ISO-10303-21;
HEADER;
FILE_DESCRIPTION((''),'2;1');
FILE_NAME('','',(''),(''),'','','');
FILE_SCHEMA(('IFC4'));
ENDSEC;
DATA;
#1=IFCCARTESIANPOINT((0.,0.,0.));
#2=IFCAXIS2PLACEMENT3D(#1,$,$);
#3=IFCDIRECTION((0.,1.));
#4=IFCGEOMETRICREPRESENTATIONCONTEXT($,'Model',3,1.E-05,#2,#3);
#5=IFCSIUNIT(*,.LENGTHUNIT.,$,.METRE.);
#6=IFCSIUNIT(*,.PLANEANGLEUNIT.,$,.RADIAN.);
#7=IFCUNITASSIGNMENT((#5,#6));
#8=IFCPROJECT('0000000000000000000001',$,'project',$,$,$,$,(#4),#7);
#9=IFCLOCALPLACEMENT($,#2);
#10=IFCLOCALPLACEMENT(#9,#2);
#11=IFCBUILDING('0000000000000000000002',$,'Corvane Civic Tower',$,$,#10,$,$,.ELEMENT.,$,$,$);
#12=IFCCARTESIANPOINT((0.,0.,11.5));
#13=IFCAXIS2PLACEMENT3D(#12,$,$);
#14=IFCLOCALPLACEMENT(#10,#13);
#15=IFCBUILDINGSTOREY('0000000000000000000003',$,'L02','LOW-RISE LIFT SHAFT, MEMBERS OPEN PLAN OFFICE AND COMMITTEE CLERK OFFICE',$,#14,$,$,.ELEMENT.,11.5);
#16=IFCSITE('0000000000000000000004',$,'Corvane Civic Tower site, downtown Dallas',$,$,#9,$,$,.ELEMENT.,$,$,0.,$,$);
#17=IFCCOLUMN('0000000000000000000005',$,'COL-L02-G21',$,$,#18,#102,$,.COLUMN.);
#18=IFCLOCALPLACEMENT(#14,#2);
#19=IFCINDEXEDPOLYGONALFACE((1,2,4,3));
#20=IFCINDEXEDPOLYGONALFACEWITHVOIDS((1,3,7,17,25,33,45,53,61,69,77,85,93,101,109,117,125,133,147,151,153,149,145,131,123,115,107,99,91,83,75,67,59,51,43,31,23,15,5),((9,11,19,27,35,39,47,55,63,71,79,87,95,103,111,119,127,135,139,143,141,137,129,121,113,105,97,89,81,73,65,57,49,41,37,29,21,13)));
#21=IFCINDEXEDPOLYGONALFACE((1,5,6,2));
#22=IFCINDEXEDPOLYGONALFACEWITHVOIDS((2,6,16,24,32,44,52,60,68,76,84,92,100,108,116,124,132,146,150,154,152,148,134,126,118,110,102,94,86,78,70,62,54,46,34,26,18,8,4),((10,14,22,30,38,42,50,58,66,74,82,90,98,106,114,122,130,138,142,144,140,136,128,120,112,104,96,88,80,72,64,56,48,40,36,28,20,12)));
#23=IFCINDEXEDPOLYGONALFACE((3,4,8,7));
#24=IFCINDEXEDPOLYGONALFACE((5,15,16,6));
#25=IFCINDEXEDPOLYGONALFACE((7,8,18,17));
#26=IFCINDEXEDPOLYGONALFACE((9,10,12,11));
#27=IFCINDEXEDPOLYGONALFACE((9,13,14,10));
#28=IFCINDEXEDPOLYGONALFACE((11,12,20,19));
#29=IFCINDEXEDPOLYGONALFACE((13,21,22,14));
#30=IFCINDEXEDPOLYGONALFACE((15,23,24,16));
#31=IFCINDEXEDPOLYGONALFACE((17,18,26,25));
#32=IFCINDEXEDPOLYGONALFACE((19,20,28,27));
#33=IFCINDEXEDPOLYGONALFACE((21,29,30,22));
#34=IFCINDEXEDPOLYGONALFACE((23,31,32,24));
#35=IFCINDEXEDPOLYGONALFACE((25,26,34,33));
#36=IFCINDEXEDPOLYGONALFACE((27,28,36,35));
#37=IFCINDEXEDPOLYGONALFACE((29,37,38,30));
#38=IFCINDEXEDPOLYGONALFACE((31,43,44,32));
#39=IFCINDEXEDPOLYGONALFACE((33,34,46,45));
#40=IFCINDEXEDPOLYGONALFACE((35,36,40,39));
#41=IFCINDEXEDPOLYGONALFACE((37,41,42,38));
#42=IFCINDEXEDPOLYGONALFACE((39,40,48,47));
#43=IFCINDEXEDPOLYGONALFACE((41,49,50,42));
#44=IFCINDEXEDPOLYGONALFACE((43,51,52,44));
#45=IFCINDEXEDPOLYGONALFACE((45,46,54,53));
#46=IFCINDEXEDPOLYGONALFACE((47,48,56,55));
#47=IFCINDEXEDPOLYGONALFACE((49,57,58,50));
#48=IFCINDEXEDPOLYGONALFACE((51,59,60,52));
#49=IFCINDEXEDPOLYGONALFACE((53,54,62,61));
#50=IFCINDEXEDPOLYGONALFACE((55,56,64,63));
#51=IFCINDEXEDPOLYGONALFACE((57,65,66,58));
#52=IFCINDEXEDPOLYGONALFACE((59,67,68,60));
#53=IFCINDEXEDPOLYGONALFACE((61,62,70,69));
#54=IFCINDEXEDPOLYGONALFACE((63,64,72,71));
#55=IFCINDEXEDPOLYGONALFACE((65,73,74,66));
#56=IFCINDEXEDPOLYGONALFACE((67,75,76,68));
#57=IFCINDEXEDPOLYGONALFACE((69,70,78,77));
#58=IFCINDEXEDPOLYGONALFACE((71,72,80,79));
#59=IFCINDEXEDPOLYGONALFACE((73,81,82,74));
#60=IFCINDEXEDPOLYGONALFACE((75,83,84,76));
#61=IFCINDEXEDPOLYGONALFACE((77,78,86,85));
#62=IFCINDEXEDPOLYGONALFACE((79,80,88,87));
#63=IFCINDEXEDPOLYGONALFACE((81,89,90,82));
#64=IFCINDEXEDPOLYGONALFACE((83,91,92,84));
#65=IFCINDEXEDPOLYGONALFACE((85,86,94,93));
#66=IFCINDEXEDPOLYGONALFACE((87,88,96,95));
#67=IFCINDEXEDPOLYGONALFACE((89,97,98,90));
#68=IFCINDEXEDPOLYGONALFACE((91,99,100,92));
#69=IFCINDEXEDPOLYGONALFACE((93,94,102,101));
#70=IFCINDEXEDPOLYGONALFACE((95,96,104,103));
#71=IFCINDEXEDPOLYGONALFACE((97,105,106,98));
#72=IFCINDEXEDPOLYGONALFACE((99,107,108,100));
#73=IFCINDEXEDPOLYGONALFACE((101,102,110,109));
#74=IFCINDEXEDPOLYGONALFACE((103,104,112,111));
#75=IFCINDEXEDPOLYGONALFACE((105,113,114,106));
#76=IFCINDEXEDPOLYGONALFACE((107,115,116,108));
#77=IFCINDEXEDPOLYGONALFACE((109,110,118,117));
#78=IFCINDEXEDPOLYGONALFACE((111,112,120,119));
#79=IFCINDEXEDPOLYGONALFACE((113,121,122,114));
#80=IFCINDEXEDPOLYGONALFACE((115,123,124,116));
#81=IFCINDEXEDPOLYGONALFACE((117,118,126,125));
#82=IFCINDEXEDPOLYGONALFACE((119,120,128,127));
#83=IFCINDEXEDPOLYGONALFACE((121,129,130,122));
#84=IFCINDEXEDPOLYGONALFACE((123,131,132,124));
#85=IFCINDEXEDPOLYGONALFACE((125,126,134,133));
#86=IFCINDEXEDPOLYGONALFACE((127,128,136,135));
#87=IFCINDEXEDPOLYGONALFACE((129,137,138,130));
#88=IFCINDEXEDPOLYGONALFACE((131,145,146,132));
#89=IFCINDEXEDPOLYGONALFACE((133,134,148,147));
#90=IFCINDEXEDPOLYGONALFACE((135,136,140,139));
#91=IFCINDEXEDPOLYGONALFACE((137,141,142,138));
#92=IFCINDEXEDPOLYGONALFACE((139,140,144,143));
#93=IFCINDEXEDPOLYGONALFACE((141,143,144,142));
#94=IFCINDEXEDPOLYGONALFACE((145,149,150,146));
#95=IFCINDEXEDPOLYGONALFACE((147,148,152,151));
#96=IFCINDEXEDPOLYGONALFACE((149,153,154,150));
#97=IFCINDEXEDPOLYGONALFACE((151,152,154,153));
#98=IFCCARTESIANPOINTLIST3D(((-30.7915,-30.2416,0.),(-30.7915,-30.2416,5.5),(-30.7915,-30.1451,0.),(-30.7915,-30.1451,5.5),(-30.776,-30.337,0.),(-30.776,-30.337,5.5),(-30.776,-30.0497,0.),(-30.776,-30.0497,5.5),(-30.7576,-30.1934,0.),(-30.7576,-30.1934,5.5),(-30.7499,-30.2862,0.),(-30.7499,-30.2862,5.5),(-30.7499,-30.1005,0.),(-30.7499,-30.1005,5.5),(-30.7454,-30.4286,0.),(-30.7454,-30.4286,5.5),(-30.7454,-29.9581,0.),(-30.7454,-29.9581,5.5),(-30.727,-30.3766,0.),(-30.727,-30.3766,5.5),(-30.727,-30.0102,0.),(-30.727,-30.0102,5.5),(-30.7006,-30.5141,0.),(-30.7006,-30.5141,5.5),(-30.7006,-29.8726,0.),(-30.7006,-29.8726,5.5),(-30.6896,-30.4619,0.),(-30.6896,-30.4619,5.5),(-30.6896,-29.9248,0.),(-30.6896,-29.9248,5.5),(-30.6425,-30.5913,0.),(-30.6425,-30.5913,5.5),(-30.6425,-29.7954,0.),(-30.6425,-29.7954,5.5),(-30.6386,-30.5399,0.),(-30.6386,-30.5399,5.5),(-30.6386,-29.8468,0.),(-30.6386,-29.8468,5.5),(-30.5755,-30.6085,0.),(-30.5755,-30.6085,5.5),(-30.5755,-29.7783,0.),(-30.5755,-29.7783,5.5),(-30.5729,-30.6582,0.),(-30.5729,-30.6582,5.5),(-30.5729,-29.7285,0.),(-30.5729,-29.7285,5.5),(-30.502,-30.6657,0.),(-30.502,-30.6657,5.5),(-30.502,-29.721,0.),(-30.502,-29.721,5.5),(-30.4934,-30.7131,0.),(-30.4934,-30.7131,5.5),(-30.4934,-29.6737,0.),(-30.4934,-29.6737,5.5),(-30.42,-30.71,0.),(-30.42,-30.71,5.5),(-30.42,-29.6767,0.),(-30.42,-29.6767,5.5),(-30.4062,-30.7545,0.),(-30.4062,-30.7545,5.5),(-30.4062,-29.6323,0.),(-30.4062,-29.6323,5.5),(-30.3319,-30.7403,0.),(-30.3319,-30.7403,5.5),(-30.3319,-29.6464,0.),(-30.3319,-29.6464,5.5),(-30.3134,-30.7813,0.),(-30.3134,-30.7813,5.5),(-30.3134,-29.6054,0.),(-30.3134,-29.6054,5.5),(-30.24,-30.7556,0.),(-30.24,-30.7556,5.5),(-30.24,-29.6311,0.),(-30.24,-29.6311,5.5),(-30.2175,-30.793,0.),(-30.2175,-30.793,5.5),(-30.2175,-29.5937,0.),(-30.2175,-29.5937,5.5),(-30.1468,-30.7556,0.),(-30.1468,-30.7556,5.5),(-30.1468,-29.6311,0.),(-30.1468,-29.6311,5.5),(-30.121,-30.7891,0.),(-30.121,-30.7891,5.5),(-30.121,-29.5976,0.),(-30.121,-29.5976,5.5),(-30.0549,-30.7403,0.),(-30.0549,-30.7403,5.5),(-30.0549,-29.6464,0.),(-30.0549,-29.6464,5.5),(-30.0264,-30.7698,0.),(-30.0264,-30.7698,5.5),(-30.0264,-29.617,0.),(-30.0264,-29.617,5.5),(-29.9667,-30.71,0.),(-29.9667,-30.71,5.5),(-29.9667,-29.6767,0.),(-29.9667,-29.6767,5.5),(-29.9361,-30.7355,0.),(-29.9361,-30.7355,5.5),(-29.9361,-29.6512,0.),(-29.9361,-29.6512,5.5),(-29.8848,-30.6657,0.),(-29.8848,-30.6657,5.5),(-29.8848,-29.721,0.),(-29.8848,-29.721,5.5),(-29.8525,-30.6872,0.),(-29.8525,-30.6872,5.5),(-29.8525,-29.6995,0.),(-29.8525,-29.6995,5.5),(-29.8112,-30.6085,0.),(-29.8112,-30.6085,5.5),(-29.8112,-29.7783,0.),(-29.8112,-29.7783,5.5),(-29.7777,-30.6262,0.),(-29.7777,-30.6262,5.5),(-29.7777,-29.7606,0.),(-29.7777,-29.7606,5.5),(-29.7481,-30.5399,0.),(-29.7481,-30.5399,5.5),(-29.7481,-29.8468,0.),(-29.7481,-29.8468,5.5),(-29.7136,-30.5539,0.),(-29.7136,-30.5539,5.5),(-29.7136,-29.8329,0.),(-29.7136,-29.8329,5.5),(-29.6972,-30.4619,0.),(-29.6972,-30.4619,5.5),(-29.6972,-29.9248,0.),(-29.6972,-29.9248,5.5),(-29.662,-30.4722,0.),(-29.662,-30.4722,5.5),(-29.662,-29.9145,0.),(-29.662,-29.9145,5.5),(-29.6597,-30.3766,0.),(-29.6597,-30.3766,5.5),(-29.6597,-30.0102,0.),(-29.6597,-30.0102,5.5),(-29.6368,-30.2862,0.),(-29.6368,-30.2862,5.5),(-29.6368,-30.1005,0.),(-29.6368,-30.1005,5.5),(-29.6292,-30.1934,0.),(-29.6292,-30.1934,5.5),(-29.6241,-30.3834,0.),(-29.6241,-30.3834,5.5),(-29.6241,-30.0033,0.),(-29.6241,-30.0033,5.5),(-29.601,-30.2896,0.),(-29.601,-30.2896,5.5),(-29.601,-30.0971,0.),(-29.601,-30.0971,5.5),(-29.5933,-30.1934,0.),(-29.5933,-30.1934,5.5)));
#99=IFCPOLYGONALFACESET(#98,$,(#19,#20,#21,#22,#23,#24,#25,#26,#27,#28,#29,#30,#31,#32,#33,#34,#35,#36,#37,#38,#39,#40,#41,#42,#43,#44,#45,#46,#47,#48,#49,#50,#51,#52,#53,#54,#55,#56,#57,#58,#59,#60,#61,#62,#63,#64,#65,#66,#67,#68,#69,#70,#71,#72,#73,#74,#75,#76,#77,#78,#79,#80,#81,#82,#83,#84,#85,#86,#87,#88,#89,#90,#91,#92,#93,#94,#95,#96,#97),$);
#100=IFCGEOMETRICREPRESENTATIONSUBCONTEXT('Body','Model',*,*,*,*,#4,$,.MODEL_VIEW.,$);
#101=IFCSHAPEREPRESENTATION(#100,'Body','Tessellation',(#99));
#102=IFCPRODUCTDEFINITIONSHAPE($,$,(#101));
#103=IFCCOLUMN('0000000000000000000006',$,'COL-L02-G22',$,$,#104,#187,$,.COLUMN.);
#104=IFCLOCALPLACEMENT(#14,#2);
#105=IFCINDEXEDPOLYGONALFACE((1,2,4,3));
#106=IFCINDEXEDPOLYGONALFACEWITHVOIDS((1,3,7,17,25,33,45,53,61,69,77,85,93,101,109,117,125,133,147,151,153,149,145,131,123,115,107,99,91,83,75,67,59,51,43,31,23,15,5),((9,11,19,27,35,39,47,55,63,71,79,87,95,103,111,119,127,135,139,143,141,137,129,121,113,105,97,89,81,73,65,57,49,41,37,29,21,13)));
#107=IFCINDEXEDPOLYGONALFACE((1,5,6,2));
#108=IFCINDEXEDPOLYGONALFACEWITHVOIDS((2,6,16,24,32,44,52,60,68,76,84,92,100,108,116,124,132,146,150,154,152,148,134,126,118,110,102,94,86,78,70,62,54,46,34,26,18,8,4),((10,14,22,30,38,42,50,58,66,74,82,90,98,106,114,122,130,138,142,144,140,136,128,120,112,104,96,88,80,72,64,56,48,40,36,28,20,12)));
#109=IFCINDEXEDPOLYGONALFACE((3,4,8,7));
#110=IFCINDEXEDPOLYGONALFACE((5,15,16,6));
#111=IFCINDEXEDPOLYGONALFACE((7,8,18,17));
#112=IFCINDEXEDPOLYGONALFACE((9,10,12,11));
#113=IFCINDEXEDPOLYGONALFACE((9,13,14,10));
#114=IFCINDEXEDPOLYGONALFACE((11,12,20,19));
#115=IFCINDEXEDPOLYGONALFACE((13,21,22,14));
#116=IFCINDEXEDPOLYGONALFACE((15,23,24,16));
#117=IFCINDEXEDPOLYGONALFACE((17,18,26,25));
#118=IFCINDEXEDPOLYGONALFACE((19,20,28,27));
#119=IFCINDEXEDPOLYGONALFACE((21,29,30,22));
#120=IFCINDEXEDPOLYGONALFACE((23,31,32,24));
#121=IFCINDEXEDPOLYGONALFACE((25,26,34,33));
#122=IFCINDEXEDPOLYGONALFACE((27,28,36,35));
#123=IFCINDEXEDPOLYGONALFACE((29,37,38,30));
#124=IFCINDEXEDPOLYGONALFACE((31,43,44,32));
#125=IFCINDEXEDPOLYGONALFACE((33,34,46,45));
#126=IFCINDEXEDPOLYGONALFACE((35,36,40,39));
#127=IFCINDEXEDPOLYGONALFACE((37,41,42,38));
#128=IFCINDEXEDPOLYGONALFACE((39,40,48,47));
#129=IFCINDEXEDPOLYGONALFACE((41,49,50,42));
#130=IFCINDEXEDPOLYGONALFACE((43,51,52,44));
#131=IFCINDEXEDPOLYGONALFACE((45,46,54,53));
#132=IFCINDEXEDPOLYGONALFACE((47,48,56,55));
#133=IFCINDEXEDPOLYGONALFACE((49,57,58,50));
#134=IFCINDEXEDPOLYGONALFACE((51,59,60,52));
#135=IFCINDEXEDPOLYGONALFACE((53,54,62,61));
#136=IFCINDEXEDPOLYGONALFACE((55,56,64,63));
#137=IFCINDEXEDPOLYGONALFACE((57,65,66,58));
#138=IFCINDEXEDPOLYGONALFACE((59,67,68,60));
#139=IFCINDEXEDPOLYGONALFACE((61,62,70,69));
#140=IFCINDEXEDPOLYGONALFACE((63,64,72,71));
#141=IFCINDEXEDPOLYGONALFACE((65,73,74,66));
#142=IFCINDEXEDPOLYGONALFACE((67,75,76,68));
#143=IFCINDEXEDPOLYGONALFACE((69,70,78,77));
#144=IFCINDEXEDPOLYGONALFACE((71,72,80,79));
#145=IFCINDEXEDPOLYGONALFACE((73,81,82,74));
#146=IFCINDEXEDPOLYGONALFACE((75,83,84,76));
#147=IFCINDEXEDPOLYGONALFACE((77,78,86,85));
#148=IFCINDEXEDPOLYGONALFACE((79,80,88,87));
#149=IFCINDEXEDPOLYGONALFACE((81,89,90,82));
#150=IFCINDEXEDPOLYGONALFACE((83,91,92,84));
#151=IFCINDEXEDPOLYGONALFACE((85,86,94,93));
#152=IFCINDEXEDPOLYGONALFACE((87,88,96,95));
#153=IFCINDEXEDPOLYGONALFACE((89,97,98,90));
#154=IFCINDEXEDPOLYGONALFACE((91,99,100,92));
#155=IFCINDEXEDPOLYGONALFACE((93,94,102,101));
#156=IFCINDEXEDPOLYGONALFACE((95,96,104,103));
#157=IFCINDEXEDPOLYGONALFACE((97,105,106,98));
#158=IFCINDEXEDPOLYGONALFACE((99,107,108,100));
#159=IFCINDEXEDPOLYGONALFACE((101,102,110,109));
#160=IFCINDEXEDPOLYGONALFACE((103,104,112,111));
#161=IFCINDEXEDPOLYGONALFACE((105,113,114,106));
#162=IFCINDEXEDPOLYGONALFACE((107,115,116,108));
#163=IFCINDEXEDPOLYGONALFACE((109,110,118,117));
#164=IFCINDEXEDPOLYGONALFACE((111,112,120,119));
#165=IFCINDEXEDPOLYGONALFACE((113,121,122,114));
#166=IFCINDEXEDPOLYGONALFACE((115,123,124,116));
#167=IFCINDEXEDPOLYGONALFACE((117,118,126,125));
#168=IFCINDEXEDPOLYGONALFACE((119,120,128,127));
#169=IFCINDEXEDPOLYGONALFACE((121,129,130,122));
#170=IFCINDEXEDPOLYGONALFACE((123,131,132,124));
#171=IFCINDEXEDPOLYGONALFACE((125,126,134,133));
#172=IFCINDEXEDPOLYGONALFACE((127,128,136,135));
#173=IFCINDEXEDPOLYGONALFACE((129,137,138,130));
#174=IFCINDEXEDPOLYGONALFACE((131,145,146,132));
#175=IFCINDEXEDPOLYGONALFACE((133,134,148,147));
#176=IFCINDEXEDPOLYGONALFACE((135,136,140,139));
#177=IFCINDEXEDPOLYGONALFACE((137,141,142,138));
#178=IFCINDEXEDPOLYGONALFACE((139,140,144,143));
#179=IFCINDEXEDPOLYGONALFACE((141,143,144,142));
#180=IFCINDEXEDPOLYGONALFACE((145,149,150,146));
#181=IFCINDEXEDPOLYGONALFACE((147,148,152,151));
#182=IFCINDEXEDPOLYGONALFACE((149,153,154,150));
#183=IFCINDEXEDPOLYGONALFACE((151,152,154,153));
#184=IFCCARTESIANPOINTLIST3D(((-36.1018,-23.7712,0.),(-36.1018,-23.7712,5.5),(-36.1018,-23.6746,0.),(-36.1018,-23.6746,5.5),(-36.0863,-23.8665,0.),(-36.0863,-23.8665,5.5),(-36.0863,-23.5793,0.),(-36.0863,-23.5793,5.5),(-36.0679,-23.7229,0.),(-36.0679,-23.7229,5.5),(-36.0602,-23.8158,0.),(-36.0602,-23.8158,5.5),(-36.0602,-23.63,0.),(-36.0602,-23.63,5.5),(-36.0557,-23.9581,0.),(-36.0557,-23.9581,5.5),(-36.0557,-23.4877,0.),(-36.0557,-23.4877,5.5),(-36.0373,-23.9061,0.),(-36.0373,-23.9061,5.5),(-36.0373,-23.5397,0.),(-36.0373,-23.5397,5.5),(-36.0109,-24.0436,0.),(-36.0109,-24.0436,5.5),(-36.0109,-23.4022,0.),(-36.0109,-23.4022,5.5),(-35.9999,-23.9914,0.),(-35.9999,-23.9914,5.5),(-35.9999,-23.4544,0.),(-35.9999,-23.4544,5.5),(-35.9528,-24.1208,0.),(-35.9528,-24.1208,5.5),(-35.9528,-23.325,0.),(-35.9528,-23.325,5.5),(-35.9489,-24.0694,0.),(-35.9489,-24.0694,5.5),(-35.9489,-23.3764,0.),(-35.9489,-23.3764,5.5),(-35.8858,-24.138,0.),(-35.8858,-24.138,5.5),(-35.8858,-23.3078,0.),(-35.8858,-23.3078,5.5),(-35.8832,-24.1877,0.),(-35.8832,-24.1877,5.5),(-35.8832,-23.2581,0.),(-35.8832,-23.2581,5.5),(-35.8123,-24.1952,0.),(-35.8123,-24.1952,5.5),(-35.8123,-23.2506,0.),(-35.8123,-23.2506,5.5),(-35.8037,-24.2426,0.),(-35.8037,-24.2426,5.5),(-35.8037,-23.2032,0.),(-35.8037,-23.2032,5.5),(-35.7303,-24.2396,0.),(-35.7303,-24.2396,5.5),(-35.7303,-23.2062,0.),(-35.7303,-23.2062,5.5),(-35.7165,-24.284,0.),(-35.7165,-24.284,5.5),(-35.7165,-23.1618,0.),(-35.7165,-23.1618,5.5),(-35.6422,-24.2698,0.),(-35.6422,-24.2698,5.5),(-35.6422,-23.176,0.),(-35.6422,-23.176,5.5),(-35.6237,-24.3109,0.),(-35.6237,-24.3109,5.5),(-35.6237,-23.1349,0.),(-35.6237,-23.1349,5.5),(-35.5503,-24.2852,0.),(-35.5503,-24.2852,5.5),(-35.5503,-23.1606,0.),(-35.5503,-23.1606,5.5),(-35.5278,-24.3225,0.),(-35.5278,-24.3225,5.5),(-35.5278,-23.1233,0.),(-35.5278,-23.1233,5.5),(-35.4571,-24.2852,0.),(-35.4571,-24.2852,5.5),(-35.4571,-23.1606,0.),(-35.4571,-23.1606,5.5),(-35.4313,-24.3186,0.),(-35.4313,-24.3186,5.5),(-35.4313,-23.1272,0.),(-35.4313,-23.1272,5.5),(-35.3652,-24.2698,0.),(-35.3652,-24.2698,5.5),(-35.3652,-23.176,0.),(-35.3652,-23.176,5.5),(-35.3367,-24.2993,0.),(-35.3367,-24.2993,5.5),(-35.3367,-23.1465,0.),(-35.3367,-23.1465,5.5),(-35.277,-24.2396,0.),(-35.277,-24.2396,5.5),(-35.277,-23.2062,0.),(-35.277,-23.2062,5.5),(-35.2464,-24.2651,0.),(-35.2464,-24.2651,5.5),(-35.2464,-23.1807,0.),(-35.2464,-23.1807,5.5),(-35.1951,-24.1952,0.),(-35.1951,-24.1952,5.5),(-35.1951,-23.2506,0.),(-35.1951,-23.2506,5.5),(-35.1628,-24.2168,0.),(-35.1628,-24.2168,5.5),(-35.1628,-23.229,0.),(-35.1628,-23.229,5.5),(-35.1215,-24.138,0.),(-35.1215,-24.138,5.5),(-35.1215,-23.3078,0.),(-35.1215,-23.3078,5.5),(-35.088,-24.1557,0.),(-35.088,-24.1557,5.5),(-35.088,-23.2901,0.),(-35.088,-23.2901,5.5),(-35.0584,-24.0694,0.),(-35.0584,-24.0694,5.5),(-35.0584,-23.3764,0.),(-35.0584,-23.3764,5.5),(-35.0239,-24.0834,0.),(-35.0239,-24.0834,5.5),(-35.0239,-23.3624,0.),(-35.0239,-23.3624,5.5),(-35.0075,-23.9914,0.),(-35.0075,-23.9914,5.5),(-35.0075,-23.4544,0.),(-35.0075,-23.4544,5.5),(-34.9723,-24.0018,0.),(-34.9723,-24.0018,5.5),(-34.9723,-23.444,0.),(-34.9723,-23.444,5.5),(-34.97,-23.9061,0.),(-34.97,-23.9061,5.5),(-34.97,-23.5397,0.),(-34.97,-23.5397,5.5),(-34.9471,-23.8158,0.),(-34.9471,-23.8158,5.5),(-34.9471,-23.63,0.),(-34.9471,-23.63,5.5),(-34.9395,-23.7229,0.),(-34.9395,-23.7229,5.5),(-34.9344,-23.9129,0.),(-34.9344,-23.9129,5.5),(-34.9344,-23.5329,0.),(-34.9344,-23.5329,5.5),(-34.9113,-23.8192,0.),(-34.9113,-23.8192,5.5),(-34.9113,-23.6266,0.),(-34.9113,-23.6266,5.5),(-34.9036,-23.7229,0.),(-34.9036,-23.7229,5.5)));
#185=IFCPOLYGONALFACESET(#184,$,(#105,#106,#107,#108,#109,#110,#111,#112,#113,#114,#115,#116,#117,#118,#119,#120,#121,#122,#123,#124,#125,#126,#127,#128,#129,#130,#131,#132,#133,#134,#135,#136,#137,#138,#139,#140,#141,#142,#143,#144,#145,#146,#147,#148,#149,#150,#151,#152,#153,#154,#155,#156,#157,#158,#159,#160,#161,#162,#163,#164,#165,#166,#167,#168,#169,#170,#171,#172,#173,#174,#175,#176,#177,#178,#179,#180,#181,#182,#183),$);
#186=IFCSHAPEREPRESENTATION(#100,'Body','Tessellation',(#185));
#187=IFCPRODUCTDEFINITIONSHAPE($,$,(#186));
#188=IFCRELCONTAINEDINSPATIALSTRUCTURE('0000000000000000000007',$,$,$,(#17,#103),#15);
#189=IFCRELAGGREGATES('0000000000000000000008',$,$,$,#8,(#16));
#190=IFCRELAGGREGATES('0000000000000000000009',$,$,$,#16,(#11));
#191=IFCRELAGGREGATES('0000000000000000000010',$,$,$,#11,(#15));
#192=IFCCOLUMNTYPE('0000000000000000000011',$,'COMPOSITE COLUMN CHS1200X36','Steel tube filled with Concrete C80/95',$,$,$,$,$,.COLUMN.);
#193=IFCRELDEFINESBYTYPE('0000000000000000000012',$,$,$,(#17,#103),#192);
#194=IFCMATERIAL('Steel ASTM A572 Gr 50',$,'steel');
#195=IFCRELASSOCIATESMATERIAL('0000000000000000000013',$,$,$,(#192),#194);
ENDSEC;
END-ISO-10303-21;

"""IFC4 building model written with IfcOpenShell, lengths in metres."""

from ifc_helpers import new_model, si_unit, direction, frame, origin, origin_2d, place, context, subcontext, project, spatial, hollow_circle, extrude, material, material_profile, profile_set, type_object, element, save


model = new_model("IFC4")

# Units and contexts
model_context = context("Model", 3, precision=1e-05, world=origin(), true_north=direction((0.0, 1.0)))
body_context = subcontext(model_context, "Body", "Model", "MODEL_VIEW")
ifc_project = project(units=[si_unit("LENGTHUNIT", "METRE"), si_unit("PLANEANGLEUNIT", "RADIAN")], contexts=[model_context])

# Site, building, storey
site_placement = place(None, origin())
site = spatial("IfcSite", under=ifc_project, at=site_placement, Name="Corvane Civic Tower site, downtown Dallas", CompositionType="ELEMENT", RefElevation=0.0)
building_placement = place(site_placement, origin())
building = spatial("IfcBuilding", under=site, at=building_placement, Name="Corvane Civic Tower", CompositionType="ELEMENT")
storey_placement = place(building_placement, frame((0.0, 0.0, 11.5)))
storey = spatial("IfcBuildingStorey", under=building, at=storey_placement, Name="L02", Description="LOW-RISE LIFT SHAFT, MEMBERS OPEN PLAN OFFICE AND COMMITTEE CLERK OFFICE", CompositionType="ELEMENT", Elevation=11.5)

# Columns
ifc_material_1 = material(Name="Steel ASTM A572 Gr 50", Category="steel")
ifc_material_profile_1 = material_profile(ifc_material_1, hollow_circle(Radius=0.6001, WallThickness=0.0359, at=origin_2d()), Name="CHS1200X36")
ifc_profile_set_1 = profile_set([ifc_material_profile_1], Name="Steel ASTM A572 Gr 50")
column_type_1 = type_object("IfcColumnType", Name="COMPOSITE COLUMN CHS1200X36", Description="Steel tube filled with Concrete C80/95", PredefinedType="COLUMN", material=ifc_profile_set_1)
for number, where, z_axis, x_axis, name in (
    (1, (-30.1934, -30.1934, 0.0), (0.0, 0.0, 1.0), (1.0, 0.0, 0.0), "COL-L02-G21"),
    (2, (-35.5037, -23.7229, 0.0), (0.0, 0.0, 1.0), (1.0, 0.0, 0.0), "COL-L02-G22"),
):
    element("IfcColumn", number, at=place(storey_placement, frame(where, z_axis=z_axis, x_axis=x_axis)), inside=storey, type_object=column_type_1, Name=name, PredefinedType="COLUMN", context=body_context, shape_type="SweptSolid", body=[
        extrude(hollow_circle(Radius=0.6001, WallThickness=0.0359, at=origin_2d()), origin(), (0.0, 0.0, 1.0), 5.5),
    ])

save(model, "model.ifc")
